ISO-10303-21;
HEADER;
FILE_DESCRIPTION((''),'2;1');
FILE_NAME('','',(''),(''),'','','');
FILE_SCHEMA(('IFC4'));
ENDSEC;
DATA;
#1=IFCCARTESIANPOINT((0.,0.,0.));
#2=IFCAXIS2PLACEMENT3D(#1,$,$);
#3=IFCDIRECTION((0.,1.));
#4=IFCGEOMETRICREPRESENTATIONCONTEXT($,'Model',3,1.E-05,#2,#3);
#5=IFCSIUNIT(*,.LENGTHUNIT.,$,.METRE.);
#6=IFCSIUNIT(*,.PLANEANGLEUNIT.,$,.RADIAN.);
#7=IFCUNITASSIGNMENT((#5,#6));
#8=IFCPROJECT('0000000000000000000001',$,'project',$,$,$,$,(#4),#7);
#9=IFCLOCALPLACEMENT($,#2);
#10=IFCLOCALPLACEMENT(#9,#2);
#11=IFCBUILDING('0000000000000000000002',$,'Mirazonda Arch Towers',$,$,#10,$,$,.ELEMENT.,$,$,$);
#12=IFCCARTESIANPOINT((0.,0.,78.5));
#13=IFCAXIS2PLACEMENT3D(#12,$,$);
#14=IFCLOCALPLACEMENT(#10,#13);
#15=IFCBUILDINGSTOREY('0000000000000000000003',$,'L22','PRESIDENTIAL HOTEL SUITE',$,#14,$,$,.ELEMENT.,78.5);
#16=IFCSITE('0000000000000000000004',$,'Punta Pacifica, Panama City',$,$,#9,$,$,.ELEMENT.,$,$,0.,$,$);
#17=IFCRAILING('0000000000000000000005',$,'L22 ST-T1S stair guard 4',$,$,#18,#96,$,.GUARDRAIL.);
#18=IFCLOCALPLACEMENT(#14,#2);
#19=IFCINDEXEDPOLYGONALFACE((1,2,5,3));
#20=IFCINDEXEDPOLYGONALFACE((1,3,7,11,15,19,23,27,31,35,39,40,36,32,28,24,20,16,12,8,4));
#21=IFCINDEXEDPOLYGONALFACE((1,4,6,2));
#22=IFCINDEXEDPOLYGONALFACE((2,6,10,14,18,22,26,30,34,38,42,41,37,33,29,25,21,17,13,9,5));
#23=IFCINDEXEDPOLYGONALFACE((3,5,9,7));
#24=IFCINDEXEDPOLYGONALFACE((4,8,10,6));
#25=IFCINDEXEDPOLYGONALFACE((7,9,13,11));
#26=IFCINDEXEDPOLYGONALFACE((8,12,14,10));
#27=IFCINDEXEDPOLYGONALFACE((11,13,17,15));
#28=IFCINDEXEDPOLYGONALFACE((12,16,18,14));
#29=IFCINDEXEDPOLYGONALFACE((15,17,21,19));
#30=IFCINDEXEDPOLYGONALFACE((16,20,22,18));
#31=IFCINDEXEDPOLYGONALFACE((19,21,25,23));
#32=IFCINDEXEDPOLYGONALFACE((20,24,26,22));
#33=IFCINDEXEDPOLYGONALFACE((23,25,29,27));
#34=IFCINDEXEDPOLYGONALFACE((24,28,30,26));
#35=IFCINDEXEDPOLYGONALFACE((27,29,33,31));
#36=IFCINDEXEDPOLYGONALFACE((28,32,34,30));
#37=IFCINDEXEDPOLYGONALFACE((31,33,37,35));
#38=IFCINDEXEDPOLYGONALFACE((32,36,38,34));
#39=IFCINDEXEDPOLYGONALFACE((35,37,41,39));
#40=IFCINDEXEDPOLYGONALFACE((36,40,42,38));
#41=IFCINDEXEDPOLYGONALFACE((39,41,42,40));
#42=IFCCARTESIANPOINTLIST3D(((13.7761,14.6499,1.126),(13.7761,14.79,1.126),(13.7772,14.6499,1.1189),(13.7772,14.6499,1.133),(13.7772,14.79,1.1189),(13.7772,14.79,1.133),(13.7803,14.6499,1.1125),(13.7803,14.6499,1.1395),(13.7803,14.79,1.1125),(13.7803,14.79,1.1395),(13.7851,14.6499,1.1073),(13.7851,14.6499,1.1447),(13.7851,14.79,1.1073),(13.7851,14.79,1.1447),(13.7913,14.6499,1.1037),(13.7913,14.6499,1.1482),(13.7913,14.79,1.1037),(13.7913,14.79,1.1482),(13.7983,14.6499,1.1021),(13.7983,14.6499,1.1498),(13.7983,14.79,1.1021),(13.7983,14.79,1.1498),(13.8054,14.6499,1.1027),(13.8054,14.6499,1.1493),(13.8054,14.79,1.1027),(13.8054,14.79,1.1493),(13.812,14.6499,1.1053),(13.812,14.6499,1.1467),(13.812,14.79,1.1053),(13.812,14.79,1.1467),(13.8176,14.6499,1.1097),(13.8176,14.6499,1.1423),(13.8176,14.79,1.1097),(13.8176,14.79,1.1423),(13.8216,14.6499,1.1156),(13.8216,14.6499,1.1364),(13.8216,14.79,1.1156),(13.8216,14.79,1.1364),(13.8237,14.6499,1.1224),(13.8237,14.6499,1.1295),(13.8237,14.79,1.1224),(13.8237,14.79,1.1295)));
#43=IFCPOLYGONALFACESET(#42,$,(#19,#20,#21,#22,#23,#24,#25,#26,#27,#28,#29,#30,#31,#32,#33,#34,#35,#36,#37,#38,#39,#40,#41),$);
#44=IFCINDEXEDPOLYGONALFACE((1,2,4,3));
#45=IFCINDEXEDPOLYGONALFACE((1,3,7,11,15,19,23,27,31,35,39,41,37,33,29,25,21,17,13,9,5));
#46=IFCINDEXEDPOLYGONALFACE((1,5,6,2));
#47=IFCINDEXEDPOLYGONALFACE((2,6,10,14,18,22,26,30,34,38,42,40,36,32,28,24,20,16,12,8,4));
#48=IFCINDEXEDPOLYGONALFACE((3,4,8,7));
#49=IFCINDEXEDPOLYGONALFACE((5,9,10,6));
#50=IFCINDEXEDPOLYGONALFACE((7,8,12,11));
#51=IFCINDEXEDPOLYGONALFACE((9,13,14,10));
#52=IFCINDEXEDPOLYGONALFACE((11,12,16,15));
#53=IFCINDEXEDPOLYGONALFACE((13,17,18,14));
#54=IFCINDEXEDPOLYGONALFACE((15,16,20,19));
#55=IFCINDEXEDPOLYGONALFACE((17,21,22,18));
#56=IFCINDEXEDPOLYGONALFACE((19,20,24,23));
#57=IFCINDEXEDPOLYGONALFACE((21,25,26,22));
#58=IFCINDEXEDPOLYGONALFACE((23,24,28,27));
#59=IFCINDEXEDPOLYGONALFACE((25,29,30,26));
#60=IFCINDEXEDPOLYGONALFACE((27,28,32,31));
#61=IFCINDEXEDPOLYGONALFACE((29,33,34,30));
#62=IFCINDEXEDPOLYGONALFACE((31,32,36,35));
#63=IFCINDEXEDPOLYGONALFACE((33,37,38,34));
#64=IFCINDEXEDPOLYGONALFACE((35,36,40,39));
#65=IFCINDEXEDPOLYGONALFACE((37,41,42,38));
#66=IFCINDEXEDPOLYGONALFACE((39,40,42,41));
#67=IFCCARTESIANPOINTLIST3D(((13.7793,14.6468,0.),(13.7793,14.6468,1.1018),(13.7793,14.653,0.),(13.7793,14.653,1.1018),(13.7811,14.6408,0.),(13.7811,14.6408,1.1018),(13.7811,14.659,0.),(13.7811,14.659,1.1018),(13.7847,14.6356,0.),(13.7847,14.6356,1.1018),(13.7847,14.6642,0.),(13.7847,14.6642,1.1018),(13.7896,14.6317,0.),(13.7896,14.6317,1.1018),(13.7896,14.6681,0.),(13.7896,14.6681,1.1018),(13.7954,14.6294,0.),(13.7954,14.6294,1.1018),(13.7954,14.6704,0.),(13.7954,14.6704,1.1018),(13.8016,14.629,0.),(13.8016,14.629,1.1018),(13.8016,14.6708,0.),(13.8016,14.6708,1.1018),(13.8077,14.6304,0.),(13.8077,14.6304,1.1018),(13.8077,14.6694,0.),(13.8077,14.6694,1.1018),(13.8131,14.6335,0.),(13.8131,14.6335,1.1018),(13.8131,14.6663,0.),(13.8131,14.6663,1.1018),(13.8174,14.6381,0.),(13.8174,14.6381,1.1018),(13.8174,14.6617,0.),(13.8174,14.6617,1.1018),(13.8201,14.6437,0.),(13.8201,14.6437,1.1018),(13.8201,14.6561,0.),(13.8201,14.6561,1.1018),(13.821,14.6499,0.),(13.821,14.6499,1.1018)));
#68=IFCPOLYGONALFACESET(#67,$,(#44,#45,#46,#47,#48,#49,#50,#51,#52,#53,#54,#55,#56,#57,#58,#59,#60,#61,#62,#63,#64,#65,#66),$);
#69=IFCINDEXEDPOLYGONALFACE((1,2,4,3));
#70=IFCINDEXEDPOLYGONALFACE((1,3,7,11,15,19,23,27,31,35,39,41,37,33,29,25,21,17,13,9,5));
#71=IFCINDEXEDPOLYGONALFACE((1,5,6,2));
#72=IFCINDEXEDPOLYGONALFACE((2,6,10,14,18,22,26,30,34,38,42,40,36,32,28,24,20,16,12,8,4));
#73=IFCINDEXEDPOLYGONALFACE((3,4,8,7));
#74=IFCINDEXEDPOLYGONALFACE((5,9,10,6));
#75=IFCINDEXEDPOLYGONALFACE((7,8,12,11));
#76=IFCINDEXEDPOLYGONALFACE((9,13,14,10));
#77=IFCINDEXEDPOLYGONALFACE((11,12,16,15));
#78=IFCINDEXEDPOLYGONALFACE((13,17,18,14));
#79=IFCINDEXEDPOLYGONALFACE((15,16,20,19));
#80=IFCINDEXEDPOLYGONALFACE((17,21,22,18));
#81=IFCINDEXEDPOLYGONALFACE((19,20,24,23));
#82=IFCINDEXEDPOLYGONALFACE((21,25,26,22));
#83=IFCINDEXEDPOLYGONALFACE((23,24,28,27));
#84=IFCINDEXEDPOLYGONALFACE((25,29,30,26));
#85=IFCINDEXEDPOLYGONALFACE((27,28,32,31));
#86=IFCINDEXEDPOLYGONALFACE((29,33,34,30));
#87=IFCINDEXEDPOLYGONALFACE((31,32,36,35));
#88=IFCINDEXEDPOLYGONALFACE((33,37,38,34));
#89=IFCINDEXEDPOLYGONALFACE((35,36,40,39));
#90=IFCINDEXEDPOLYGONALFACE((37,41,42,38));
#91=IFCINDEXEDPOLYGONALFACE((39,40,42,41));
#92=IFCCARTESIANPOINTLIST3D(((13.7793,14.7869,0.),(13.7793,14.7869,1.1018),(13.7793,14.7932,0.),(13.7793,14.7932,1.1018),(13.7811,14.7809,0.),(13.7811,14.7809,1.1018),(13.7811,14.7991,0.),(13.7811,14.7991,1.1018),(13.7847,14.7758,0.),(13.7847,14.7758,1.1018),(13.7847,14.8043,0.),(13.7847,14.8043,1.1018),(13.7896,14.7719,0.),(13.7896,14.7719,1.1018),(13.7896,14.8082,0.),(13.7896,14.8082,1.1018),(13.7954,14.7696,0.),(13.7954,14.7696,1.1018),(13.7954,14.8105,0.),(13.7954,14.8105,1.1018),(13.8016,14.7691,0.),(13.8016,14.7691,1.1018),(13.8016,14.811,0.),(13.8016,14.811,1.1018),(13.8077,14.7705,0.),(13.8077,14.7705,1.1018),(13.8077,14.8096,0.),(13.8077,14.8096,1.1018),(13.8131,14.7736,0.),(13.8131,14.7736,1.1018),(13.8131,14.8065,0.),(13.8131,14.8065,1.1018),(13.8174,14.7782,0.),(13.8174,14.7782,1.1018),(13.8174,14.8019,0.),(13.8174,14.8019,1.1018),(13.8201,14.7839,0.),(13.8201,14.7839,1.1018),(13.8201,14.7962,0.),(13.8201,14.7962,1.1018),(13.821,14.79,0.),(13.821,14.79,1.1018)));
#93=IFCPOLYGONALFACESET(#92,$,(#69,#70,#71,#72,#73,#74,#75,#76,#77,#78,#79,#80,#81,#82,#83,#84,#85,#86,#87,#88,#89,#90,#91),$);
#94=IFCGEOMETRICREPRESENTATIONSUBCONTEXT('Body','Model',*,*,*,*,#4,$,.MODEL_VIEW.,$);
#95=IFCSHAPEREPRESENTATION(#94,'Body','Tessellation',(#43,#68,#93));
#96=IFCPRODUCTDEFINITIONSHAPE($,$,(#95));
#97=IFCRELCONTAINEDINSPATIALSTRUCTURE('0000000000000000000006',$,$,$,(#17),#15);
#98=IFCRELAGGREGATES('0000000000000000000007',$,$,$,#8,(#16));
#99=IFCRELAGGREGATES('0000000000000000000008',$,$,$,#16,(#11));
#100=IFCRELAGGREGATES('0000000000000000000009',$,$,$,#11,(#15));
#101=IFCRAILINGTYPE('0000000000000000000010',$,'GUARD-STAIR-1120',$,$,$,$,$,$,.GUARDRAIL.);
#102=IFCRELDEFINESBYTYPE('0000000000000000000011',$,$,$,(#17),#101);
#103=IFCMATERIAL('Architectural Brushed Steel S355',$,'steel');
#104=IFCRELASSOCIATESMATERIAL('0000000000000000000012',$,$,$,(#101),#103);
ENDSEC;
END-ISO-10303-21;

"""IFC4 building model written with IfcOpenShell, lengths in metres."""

from ifc_helpers import new_model, si_unit, direction, frame, origin, origin_2d, place, context, subcontext, project, spatial, circle, extrude, material, type_object, element, save


model = new_model("IFC4")

# Units and contexts
model_context = context("Model", 3, precision=1e-05, world=origin(), true_north=direction((0.0, 1.0)))
body_context = subcontext(model_context, "Body", "Model", "MODEL_VIEW")
ifc_project = project(units=[si_unit("LENGTHUNIT", "METRE"), si_unit("PLANEANGLEUNIT", "RADIAN")], contexts=[model_context])

# Site, building, storey
site_placement = place(None, origin())
site = spatial("IfcSite", under=ifc_project, at=site_placement, Name="Punta Pacifica, Panama City", CompositionType="ELEMENT", RefElevation=0.0)
building_placement = place(site_placement, origin())
building = spatial("IfcBuilding", under=site, at=building_placement, Name="Mirazonda Arch Towers", CompositionType="ELEMENT")
storey_placement = place(building_placement, frame((0.0, 0.0, 78.5)))
storey = spatial("IfcBuildingStorey", under=building, at=storey_placement, Name="L22", Description="PRESIDENTIAL HOTEL SUITE", CompositionType="ELEMENT", Elevation=78.5)

# Shared definitions
ifc_material_1 = material(Name="Architectural Brushed Steel S355", Category="steel")

# Railing
railing_type = type_object("IfcRailingType", Name="GUARD-STAIR-1120", PredefinedType="GUARDRAIL", material=ifc_material_1)
railing_1_placement = place(storey_placement, frame((13.8, 14.6499, 0.0)))
element("IfcRailing", 1, at=railing_1_placement, inside=storey, type_object=railing_type, Name="L22 ST-T1S stair guard 4", PredefinedType="GUARDRAIL", context=body_context, shape_type="SweptSolid", body=[
    extrude(circle(Radius=0.0239, at=origin_2d()), frame((0.0, 0.0, 1.126), z_axis=(0.0, 1.0, 0.0), x_axis=(-1.0, 0.0, 0.0)), (0.0, 0.0, 1.0), 0.1401),
    extrude(circle(Radius=0.021, at=origin_2d()), origin(), (0.0, 0.0, 1.0), 1.1018),
    extrude(circle(Radius=0.021, at=origin_2d()), frame((0.0, 0.1401, 0.0)), (0.0, 0.0, 1.0), 1.1018),
])

save(model, "model.ifc")
